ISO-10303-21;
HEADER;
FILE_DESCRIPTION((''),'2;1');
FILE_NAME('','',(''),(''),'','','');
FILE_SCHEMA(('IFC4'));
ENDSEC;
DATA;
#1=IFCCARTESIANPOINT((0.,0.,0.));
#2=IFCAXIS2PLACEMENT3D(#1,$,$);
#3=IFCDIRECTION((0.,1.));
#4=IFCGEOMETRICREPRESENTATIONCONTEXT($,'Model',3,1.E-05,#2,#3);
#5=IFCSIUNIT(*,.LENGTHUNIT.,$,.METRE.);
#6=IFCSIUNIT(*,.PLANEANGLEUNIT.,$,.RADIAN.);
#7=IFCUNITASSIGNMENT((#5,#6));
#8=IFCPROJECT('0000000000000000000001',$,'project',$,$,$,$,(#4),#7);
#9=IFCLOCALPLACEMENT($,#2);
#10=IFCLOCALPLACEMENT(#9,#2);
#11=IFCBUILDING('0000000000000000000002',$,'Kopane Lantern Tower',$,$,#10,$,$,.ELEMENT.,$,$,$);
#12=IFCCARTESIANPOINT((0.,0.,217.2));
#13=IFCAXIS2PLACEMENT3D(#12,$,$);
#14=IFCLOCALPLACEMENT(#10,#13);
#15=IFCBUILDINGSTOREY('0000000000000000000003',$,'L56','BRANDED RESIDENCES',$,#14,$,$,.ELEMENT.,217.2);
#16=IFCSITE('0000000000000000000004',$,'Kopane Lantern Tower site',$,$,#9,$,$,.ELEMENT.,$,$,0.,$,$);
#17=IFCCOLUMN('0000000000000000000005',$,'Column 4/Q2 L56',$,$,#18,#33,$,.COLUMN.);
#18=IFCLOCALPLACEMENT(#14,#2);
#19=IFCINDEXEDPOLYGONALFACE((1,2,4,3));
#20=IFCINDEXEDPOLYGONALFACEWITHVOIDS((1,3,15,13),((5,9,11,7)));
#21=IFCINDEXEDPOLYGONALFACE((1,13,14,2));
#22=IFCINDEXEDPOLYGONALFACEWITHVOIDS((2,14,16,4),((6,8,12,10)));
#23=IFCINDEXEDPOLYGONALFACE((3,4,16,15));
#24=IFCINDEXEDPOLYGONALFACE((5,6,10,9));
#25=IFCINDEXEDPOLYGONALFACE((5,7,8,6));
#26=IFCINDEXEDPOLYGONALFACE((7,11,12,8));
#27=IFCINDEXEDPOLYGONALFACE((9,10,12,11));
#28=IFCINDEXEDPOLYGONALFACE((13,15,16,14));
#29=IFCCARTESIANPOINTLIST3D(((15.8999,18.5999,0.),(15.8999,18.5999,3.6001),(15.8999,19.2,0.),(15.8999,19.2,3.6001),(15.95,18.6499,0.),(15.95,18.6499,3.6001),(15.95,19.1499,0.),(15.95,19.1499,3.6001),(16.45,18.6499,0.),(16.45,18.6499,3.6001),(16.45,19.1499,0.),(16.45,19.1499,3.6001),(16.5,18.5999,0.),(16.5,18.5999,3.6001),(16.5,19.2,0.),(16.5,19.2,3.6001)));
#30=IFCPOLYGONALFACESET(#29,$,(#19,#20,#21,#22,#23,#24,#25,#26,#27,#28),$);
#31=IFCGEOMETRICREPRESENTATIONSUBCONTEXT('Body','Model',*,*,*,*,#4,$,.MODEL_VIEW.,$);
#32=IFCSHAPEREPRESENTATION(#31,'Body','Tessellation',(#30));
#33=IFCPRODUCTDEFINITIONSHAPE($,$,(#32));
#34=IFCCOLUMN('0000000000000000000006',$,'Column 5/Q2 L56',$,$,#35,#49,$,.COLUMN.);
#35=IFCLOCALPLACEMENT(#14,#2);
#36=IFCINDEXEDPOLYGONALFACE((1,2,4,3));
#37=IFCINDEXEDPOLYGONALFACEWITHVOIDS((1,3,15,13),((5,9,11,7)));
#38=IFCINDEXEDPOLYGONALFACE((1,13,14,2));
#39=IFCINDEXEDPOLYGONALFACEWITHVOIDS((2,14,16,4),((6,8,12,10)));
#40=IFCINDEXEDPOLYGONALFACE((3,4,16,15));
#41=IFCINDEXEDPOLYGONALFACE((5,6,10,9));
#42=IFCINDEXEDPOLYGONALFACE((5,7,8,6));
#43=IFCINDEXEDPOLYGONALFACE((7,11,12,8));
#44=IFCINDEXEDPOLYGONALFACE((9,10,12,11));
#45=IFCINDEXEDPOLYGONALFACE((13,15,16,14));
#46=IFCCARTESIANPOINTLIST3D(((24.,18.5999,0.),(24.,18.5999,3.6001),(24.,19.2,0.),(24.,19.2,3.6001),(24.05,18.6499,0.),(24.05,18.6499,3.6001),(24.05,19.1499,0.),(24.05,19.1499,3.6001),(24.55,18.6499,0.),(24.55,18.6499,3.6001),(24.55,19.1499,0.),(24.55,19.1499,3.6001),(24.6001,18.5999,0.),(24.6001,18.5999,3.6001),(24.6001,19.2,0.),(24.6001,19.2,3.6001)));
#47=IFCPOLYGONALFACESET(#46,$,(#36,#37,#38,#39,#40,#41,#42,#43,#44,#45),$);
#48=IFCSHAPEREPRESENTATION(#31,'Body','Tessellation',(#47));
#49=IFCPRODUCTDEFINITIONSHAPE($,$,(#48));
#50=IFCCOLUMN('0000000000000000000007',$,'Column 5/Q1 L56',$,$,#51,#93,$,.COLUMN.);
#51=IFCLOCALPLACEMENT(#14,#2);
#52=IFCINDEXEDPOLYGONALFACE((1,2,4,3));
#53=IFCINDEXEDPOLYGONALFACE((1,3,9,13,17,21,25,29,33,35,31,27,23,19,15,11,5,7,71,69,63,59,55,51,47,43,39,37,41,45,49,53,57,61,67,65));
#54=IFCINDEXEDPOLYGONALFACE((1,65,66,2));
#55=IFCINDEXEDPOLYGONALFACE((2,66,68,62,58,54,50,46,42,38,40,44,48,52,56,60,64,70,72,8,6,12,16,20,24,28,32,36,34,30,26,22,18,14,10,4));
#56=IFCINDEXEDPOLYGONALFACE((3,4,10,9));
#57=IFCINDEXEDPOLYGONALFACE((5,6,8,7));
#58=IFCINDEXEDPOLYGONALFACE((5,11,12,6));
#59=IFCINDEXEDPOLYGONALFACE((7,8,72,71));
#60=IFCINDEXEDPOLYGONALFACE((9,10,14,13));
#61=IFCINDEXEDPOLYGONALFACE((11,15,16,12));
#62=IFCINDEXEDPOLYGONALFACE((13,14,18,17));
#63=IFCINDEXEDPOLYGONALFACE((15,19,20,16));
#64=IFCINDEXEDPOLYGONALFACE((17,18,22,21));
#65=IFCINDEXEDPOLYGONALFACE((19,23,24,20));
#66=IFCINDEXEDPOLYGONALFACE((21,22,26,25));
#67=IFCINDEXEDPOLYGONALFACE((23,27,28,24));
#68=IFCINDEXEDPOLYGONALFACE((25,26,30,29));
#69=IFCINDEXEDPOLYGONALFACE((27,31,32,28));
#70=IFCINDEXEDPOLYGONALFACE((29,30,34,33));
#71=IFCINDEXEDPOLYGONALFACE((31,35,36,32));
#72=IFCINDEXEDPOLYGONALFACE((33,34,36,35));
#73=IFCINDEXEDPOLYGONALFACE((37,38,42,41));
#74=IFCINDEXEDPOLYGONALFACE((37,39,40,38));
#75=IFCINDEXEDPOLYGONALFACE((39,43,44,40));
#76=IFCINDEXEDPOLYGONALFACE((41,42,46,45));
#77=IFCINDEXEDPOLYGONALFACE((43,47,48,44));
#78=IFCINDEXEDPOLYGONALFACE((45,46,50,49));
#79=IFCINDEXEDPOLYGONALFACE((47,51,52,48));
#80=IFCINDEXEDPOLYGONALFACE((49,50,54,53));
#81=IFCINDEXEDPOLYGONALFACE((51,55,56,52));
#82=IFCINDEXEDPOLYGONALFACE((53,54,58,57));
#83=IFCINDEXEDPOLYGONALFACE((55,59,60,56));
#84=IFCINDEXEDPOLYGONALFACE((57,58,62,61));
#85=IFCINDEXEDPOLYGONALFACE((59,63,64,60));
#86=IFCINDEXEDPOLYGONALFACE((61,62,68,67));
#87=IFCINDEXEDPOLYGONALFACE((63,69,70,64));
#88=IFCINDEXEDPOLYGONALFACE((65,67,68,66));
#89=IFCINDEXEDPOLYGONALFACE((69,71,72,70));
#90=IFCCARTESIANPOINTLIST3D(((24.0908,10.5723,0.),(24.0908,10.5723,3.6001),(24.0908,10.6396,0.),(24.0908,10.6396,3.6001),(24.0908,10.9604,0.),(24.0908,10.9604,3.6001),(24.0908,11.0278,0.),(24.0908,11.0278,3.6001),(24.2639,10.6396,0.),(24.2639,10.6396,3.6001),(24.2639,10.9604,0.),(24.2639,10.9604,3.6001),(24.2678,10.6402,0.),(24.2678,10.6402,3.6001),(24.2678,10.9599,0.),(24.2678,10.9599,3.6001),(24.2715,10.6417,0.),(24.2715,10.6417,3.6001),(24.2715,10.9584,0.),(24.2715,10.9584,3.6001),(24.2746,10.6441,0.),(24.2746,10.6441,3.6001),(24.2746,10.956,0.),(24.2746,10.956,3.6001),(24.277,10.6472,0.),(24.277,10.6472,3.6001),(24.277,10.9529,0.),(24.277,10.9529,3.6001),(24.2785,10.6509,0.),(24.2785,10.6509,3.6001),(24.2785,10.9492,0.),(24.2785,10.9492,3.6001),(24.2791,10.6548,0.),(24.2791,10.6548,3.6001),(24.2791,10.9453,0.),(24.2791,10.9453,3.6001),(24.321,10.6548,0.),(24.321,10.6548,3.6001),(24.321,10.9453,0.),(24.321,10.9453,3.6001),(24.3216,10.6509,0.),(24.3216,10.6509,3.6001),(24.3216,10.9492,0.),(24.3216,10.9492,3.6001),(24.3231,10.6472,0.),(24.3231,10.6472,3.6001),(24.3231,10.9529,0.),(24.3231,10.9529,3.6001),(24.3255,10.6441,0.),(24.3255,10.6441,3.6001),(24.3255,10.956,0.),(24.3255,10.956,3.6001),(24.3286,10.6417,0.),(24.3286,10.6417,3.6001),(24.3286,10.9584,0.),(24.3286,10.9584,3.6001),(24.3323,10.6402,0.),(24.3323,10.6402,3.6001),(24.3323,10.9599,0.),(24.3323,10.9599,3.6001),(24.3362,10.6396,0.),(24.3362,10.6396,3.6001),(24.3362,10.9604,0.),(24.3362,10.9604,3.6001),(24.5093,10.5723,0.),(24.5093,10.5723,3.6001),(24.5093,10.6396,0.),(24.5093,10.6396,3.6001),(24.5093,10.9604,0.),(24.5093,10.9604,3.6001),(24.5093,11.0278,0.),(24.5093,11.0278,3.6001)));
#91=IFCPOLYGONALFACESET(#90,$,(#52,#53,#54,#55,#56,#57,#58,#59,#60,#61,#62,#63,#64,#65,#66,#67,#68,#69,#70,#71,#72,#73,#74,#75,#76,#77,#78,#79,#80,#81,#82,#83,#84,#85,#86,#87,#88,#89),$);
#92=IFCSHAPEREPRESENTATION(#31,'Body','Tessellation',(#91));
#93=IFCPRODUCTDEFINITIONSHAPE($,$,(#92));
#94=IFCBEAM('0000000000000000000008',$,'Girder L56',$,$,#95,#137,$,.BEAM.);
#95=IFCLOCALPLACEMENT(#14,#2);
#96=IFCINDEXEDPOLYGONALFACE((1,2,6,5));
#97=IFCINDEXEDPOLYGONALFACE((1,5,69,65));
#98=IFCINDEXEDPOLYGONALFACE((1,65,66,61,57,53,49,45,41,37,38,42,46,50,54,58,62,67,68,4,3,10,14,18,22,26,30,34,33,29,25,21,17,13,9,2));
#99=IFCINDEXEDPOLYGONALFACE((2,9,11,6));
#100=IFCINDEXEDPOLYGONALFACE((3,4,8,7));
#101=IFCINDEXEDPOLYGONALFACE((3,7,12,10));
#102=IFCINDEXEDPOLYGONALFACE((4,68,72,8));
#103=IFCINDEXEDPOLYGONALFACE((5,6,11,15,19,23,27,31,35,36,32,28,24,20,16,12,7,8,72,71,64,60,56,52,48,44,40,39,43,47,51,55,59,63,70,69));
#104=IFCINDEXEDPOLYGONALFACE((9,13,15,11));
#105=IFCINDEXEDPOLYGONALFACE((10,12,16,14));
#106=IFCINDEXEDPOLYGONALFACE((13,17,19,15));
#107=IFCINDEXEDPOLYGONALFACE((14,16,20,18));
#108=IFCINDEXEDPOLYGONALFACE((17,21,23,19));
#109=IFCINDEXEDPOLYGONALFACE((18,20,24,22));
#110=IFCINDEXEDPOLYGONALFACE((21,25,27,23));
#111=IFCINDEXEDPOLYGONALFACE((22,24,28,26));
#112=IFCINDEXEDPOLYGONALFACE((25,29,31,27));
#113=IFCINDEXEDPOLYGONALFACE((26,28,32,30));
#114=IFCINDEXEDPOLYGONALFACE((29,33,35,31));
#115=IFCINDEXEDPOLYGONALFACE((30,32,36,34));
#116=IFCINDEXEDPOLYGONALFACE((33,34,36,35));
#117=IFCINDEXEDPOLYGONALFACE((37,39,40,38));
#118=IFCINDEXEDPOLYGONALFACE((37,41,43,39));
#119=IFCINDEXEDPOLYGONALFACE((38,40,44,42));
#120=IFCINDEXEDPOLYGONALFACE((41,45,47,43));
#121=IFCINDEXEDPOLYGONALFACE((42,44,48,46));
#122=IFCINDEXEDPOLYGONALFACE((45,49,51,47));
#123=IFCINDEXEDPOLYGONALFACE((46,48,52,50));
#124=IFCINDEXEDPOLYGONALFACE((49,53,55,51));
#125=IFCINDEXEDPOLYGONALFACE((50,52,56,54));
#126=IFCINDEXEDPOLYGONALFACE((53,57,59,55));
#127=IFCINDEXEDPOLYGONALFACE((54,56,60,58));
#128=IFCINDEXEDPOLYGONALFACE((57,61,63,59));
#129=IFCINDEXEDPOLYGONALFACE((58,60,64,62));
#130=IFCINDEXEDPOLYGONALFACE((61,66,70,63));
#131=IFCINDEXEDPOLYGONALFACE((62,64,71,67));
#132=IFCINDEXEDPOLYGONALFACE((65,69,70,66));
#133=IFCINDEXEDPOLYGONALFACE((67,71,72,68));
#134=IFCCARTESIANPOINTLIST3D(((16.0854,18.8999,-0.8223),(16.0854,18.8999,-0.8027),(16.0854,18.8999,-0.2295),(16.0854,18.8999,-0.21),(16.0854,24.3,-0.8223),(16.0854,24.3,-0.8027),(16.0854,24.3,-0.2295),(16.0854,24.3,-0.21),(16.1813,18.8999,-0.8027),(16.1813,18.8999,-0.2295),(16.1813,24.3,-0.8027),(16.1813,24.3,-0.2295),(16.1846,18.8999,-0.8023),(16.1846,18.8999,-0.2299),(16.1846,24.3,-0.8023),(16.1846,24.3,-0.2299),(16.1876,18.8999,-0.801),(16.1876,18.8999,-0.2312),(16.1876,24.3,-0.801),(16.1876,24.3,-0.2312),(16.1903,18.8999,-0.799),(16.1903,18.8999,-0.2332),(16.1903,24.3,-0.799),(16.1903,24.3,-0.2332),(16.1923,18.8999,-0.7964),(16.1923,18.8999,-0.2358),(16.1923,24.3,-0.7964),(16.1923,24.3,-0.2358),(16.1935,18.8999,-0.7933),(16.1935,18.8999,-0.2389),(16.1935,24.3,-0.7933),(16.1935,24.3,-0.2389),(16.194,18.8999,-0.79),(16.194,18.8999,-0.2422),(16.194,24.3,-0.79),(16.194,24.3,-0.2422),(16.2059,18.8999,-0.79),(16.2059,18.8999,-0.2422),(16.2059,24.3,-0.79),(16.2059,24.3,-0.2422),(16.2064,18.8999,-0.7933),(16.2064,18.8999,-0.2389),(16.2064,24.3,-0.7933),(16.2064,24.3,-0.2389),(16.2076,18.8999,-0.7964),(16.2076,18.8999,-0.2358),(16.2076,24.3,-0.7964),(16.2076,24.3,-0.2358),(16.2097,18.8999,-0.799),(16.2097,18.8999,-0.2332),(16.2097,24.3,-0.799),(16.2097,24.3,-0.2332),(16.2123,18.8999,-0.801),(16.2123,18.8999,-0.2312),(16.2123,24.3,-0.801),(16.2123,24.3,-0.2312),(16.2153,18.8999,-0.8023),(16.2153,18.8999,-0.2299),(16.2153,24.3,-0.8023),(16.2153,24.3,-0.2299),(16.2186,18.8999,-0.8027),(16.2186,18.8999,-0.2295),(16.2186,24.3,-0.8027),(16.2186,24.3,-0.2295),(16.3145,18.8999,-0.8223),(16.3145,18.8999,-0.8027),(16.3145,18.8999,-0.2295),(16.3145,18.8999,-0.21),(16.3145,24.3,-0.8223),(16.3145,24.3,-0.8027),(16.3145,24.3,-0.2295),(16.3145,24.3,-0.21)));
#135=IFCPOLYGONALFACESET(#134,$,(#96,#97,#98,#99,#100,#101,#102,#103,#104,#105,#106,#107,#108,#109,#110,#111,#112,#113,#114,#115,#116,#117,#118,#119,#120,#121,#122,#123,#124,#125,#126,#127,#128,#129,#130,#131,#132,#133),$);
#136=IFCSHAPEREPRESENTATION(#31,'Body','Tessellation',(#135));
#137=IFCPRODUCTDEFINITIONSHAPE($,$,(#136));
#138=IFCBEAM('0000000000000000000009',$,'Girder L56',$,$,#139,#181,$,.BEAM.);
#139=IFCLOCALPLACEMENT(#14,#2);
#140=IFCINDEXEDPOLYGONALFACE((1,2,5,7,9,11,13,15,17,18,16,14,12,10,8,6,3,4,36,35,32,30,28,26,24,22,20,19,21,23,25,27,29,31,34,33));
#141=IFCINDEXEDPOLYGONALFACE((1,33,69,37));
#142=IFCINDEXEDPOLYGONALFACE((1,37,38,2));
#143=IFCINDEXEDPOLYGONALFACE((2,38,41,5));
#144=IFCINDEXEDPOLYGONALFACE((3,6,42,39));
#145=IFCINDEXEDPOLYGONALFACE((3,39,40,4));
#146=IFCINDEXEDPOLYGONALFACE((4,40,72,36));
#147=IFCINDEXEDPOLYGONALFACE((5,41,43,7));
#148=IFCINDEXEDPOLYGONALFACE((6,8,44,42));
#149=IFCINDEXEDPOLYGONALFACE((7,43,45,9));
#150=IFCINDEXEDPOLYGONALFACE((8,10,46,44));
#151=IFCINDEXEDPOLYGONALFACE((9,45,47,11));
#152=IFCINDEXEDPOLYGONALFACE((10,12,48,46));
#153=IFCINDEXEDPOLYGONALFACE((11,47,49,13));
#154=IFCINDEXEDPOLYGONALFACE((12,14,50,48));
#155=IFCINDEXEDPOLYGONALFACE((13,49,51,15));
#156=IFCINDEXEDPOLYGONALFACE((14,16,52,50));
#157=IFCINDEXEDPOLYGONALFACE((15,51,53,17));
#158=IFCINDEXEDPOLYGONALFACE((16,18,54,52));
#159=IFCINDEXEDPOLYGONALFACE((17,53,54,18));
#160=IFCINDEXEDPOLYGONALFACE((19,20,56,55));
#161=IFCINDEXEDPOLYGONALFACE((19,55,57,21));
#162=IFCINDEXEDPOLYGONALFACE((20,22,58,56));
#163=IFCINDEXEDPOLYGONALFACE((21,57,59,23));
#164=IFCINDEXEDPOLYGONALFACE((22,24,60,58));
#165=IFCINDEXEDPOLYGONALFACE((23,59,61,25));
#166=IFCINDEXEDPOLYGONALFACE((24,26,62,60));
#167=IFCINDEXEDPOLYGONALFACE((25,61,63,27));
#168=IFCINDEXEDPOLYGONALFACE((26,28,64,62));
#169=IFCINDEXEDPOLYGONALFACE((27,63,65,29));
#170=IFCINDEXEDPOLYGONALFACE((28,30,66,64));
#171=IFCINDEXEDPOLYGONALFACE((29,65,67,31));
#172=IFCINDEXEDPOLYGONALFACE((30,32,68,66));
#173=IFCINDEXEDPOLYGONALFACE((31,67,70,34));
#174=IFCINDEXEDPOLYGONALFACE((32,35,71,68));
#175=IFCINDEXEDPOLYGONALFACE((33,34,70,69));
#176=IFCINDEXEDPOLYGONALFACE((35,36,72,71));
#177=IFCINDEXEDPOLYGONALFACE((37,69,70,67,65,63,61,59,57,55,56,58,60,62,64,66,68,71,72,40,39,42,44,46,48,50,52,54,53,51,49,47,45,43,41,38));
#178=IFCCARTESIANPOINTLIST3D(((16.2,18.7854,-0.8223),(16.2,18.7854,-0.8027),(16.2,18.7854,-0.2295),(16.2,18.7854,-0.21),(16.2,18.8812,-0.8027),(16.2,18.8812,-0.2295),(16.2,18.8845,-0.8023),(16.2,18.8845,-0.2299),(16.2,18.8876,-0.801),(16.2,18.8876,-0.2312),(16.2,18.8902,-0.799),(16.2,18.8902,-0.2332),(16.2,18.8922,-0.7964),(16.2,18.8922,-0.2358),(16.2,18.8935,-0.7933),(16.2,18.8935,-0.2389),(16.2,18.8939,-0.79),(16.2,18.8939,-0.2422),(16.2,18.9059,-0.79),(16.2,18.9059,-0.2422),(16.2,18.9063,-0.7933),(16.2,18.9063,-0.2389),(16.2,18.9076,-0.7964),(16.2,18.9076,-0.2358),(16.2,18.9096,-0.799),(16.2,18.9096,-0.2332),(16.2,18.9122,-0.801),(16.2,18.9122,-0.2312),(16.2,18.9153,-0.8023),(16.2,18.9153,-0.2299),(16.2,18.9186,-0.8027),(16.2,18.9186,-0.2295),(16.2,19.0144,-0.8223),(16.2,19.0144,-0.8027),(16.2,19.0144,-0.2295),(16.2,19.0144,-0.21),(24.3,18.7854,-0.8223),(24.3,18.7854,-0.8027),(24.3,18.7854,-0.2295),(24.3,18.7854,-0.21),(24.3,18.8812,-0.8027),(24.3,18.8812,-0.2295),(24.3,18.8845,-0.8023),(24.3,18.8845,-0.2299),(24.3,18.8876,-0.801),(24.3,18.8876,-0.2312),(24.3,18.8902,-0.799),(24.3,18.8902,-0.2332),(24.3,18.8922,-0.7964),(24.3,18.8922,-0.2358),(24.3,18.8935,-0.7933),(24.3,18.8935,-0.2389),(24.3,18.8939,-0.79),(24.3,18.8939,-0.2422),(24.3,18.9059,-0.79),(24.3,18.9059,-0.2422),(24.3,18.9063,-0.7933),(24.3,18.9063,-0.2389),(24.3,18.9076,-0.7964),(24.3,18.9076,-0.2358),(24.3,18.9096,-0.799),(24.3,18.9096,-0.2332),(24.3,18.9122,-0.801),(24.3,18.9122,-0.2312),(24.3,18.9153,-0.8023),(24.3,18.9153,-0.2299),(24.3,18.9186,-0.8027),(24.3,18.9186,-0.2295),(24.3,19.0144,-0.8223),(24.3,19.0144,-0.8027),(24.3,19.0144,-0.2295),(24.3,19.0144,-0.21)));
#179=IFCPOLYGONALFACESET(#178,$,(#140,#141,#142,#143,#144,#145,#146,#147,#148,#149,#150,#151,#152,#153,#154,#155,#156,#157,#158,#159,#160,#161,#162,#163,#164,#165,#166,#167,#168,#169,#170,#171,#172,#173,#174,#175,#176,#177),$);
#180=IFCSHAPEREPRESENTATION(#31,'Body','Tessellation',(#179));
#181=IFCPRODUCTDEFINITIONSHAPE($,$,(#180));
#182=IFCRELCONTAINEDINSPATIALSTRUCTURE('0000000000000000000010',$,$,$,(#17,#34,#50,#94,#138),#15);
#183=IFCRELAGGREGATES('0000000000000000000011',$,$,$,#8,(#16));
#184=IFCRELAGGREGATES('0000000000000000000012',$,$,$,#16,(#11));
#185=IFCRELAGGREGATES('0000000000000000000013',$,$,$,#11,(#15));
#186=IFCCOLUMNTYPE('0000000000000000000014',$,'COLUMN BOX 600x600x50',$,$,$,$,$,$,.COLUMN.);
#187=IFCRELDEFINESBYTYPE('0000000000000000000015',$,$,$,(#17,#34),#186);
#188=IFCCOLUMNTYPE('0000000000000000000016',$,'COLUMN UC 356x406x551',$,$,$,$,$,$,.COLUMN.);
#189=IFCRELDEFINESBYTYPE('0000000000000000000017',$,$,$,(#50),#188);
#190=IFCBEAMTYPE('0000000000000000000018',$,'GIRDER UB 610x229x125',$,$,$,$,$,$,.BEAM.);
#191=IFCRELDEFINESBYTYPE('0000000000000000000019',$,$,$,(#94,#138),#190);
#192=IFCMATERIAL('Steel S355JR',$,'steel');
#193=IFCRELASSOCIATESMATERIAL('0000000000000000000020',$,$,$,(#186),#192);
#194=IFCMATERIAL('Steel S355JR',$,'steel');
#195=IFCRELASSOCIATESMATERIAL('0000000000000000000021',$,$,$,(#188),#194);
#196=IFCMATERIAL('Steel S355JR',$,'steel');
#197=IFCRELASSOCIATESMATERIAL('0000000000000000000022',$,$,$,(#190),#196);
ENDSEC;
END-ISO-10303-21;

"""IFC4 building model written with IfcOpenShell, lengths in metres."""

from ifc_helpers import new_model, si_unit, direction, frame, origin, origin_2d, place, context, subcontext, project, spatial, hollow_rectangle, i_section, extrude, material, material_profile, profile_set, type_object, element, save


model = new_model("IFC4")

# Units and contexts
model_context = context("Model", 3, precision=1e-05, world=origin(), true_north=direction((0.0, 1.0)))
body_context = subcontext(model_context, "Body", "Model", "MODEL_VIEW")
ifc_project = project(units=[si_unit("LENGTHUNIT", "METRE"), si_unit("PLANEANGLEUNIT", "RADIAN")], contexts=[model_context])

# Site, building, storey
site_placement = place(None, origin())
site = spatial("IfcSite", under=ifc_project, at=site_placement, Name="Kopane Lantern Tower site", CompositionType="ELEMENT", RefElevation=0.0)
building_placement = place(site_placement, origin())
building = spatial("IfcBuilding", under=site, at=building_placement, Name="Kopane Lantern Tower", CompositionType="ELEMENT")
storey_placement = place(building_placement, frame((0.0, 0.0, 217.2)))
storey = spatial("IfcBuildingStorey", under=building, at=storey_placement, Name="L56", Description="BRANDED RESIDENCES", CompositionType="ELEMENT", Elevation=217.2)

# Columns
ifc_material_1 = material(Name="Steel S355JR", Category="steel")
ifc_material_profile_1 = material_profile(ifc_material_1, hollow_rectangle(XDim=0.6001, YDim=0.6001, WallThickness=0.05, at=origin_2d()), Name="BOX 600x600x50")
ifc_profile_set_1 = profile_set([ifc_material_profile_1], Name="Steel S355JR")
column_type_1 = type_object("IfcColumnType", Name="COLUMN BOX 600x600x50", PredefinedType="COLUMN", material=ifc_profile_set_1)
for number, where, z_axis, x_axis, name in (
    (1, (16.2, 18.8999, 0.0), (0.0, 0.0, 1.0), (1.0, 0.0, 0.0), "Column 4/Q2 L56"),
    (2, (24.3, 18.8999, 0.0), (0.0, 0.0, 1.0), (1.0, 0.0, 0.0), "Column 5/Q2 L56"),
):
    element("IfcColumn", number, at=place(storey_placement, frame(where, z_axis=z_axis, x_axis=x_axis)), inside=storey, type_object=column_type_1, Name=name, PredefinedType="COLUMN", context=body_context, shape_type="SweptSolid", body=[
        extrude(hollow_rectangle(XDim=0.6001, YDim=0.6001, WallThickness=0.05, at=origin_2d()), origin(), (0.0, 0.0, 1.0), 3.6001),
    ])
ifc_material_2 = material(Name="Steel S355JR", Category="steel")
ifc_material_profile_2 = material_profile(ifc_material_2, i_section(OverallWidth=0.4185, OverallDepth=0.4556, WebThickness=0.042, FlangeThickness=0.0674, FilletRadius=0.0151, at=origin_2d()), Name="UC 356x406x551")
ifc_profile_set_2 = profile_set([ifc_material_profile_2], Name="Steel S355JR")
column_type_2 = type_object("IfcColumnType", Name="COLUMN UC 356x406x551", PredefinedType="COLUMN", material=ifc_profile_set_2)
column_placement = place(storey_placement, frame((24.3, 10.8, 0.0), z_axis=(0.0, 0.0, 1.0), x_axis=(1.0, 0.0, 0.0)))
element("IfcColumn", 3, at=column_placement, inside=storey, type_object=column_type_2, Name="Column 5/Q1 L56", PredefinedType="COLUMN", context=body_context, shape_type="SweptSolid", body=[
    extrude(i_section(OverallWidth=0.4185, OverallDepth=0.4556, WebThickness=0.042, FlangeThickness=0.0674, FilletRadius=0.0151, at=origin_2d()), origin(), (0.0, 0.0, 1.0), 3.6001),
])

# Beams
ifc_material_3 = material(Name="Steel S355JR", Category="steel")
ifc_material_profile_3 = material_profile(ifc_material_3, i_section(OverallWidth=0.229, OverallDepth=0.6123, WebThickness=0.012, FlangeThickness=0.0195, FilletRadius=0.0127, at=origin_2d()), Name="UB 610x229x125")
ifc_profile_set_3 = profile_set([ifc_material_profile_3], Name="Steel S355JR")
beam_type = type_object("IfcBeamType", Name="GIRDER UB 610x229x125", PredefinedType="BEAM", material=ifc_profile_set_3)
beam_1_placement = place(storey_placement, frame((16.2, 18.8999, -0.5161), z_axis=(0.0, 1.0, 0.0), x_axis=(-1.0, 0.0, 0.0)))
element("IfcBeam", 4, at=beam_1_placement, inside=storey, type_object=beam_type, Name="Girder L56", PredefinedType="BEAM", context=body_context, shape_type="SweptSolid", body=[
    extrude(i_section(OverallWidth=0.229, OverallDepth=0.6123, WebThickness=0.012, FlangeThickness=0.0195, FilletRadius=0.0127, at=origin_2d()), origin(), (0.0, 0.0, 1.0), 5.4001),
])
beam_2_placement = place(storey_placement, frame((16.2, 18.8999, -0.5161), z_axis=(1.0, 0.0, 0.0), x_axis=(0.0, 1.0, 0.0)))
element("IfcBeam", 5, at=beam_2_placement, inside=storey, type_object=beam_type, Name="Girder L56", PredefinedType="BEAM", context=body_context, shape_type="SweptSolid", body=[
    extrude(i_section(OverallWidth=0.229, OverallDepth=0.6123, WebThickness=0.012, FlangeThickness=0.0195, FilletRadius=0.0127, at=origin_2d()), origin(), (0.0, 0.0, 1.0), 8.1001),
])

save(model, "model.ifc")
